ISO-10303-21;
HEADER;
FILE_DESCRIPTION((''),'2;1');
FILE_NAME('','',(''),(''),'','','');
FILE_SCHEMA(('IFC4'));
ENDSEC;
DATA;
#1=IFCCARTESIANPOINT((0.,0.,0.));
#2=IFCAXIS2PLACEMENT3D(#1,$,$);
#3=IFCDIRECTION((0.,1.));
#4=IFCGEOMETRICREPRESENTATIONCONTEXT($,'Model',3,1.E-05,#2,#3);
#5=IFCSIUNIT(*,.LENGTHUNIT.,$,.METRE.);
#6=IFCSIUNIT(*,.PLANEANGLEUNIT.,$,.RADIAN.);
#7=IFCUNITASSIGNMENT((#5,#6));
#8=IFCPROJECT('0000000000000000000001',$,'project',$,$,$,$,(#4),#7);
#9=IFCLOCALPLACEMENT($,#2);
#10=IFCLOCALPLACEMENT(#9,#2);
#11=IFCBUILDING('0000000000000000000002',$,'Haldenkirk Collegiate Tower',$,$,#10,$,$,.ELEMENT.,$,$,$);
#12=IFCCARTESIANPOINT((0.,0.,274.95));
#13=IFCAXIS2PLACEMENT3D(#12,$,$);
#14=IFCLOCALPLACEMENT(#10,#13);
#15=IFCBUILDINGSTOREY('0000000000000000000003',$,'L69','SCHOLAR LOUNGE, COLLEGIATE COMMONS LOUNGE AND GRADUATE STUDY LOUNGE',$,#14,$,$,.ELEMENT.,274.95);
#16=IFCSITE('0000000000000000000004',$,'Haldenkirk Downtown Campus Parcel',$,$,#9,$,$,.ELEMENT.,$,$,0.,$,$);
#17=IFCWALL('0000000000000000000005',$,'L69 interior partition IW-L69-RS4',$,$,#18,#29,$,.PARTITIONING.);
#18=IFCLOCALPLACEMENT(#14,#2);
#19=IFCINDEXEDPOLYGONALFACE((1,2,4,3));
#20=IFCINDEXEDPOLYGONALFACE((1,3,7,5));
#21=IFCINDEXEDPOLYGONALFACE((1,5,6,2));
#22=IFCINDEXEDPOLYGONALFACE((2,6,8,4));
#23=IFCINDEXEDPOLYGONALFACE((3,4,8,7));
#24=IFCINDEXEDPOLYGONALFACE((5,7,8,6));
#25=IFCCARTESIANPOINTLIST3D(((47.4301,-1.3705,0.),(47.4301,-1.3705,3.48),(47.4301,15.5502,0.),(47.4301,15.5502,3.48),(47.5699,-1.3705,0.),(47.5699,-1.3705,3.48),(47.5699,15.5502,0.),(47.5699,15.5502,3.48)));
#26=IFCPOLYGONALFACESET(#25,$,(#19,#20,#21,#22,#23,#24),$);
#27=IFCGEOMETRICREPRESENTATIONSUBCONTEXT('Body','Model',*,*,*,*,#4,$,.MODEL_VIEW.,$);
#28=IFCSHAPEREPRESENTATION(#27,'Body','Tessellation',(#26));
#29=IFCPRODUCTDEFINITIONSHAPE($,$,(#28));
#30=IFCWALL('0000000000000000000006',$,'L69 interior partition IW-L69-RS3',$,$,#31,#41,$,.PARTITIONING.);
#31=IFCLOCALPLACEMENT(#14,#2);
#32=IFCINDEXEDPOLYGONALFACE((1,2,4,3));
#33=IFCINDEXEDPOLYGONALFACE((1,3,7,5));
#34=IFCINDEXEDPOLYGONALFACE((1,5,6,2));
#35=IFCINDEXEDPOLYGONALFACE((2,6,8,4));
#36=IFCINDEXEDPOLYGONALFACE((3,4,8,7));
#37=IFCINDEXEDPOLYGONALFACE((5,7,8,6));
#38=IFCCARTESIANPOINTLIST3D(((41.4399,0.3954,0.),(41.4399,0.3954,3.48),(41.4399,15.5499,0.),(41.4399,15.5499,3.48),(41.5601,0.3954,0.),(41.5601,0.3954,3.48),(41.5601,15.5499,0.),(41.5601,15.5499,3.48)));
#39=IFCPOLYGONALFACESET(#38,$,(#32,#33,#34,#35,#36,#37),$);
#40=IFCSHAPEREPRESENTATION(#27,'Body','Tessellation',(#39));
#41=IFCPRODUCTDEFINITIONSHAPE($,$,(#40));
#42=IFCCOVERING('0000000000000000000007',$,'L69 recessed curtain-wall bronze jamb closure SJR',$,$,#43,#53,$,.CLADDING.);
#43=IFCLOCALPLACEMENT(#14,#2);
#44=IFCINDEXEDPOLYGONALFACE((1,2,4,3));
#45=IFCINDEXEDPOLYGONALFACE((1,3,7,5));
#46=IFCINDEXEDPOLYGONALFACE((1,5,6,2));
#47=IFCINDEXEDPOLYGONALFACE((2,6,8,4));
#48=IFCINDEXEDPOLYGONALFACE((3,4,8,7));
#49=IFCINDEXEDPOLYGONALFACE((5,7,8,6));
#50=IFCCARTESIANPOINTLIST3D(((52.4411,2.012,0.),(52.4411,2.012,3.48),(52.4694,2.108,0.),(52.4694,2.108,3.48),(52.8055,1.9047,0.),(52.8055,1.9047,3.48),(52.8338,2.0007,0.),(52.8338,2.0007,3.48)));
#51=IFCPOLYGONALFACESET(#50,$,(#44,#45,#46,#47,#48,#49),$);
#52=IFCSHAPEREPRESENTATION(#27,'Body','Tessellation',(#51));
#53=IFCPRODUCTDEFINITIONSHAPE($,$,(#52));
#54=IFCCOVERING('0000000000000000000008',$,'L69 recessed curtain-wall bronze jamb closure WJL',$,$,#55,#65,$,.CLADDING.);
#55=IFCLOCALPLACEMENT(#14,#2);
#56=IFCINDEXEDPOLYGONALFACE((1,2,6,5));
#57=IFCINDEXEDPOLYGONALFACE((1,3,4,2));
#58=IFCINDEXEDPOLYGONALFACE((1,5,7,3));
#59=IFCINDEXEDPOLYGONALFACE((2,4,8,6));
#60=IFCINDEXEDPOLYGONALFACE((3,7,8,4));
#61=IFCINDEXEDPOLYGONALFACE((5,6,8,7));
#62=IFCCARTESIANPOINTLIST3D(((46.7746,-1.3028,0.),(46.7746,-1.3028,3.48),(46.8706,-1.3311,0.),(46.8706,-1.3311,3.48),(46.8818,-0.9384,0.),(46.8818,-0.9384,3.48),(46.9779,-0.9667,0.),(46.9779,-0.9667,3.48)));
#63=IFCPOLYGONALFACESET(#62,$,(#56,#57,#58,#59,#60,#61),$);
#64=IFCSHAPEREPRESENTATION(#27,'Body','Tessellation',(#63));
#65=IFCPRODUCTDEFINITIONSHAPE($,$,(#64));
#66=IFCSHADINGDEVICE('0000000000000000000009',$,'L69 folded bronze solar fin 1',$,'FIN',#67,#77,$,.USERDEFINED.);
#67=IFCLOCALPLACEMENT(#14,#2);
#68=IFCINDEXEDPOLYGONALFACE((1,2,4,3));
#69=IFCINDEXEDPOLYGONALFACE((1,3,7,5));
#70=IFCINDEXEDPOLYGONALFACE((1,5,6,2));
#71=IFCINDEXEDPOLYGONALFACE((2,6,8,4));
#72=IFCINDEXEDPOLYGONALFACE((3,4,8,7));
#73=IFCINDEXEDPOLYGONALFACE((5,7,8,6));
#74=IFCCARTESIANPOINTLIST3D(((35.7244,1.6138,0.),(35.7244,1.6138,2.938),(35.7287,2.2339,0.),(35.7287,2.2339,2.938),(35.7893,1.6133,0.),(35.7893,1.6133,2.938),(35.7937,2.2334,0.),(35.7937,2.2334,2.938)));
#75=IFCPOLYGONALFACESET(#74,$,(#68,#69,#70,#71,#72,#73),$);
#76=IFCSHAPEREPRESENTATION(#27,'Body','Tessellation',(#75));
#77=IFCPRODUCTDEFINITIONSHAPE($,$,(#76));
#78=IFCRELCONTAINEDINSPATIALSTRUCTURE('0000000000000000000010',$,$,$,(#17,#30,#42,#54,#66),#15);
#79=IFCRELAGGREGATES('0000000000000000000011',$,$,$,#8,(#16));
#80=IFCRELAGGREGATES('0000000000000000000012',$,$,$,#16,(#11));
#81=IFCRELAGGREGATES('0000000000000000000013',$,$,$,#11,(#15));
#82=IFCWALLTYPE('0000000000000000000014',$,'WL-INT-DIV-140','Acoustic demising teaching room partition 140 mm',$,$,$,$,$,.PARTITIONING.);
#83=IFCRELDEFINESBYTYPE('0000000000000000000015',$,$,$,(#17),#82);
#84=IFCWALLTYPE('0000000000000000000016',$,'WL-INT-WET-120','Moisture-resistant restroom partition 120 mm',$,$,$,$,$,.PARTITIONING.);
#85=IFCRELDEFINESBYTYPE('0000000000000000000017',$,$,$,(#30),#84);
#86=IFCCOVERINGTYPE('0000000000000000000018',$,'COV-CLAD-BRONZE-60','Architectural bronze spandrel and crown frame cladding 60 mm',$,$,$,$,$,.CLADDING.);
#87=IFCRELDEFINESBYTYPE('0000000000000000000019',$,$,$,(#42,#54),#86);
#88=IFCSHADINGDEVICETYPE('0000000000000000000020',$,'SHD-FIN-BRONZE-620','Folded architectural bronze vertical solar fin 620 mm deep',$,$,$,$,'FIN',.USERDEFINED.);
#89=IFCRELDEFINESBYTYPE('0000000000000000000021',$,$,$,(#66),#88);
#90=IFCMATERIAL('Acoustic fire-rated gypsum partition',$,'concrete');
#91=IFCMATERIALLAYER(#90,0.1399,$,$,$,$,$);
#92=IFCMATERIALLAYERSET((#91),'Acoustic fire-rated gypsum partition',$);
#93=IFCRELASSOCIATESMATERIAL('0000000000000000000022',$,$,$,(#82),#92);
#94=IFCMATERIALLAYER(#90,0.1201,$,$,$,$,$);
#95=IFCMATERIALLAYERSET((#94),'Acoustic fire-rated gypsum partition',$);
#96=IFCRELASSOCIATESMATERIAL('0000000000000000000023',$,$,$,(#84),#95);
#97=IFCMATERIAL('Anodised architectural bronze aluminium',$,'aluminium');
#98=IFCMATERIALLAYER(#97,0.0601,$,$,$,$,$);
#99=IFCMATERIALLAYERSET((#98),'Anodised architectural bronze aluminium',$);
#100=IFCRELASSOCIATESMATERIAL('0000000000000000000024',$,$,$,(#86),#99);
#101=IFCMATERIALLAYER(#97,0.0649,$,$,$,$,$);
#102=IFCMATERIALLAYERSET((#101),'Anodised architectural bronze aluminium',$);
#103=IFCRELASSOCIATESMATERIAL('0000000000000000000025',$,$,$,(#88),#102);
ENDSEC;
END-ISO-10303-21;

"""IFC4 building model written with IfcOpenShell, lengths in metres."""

from ifc_helpers import new_model, si_unit, direction, frame, frame_2d, origin, origin_2d, place, context, subcontext, project, spatial, rectangle, extrude, source, transform, mapped, material, layer, layer_set, type_object, element, save


model = new_model("IFC4")

# Units and contexts
model_context = context("Model", 3, precision=1e-05, world=origin(), true_north=direction((0.0, 1.0)))
body_context = subcontext(model_context, "Body", "Model", "MODEL_VIEW")
ifc_project = project(units=[si_unit("LENGTHUNIT", "METRE"), si_unit("PLANEANGLEUNIT", "RADIAN")], contexts=[model_context])

# Site, building, storey
site_placement = place(None, origin())
site = spatial("IfcSite", under=ifc_project, at=site_placement, Name="Haldenkirk Downtown Campus Parcel", CompositionType="ELEMENT", RefElevation=0.0)
building_placement = place(site_placement, origin())
building = spatial("IfcBuilding", under=site, at=building_placement, Name="Haldenkirk Collegiate Tower", CompositionType="ELEMENT")
storey_placement = place(building_placement, frame((0.0, 0.0, 274.95)))
storey = spatial("IfcBuildingStorey", under=building, at=storey_placement, Name="L69", Description="SCHOLAR LOUNGE, COLLEGIATE COMMONS LOUNGE AND GRADUATE STUDY LOUNGE", CompositionType="ELEMENT", Elevation=274.95)

# Shared definitions
ifc_material_1 = material(Name="Anodised architectural bronze aluminium", Category="aluminium")

# Shared definitions
ifc_material_2 = material(Name="Acoustic fire-rated gypsum partition", Category="concrete")

# Walls
ifc_layer_1 = layer(ifc_material_2, 0.1399)
ifc_layer_set_1 = layer_set([ifc_layer_1], Name="Acoustic fire-rated gypsum partition")
wall_type_1 = type_object("IfcWallType", Name="WL-INT-DIV-140", Description="Acoustic demising teaching room partition 140 mm", PredefinedType="PARTITIONING", material=ifc_layer_set_1)
wall_1_placement = place(storey_placement, frame((47.5, -1.3706, 0.0), z_axis=(0.0, 0.0, 1.0), x_axis=(0.0, 1.0, 0.0)))
element("IfcWall", 1, at=wall_1_placement, inside=storey, type_object=wall_type_1, Name="L69 interior partition IW-L69-RS4", PredefinedType="PARTITIONING", context=body_context, shape_type="SweptSolid", body=[
    extrude(rectangle(XDim=16.9207, YDim=0.1399, at=frame_2d((8.4604, 0.0))), origin(), (0.0, 0.0, 1.0), 3.48),
])
ifc_layer_2 = layer(ifc_material_2, 0.1201)
ifc_layer_set_2 = layer_set([ifc_layer_2], Name="Acoustic fire-rated gypsum partition")
wall_type_2 = type_object("IfcWallType", Name="WL-INT-WET-120", Description="Moisture-resistant restroom partition 120 mm", PredefinedType="PARTITIONING", material=ifc_layer_set_2)
wall_2_placement = place(storey_placement, frame((41.5, 0.3955, 0.0), z_axis=(0.0, 0.0, 1.0), x_axis=(0.0, 1.0, 0.0)))
element("IfcWall", 2, at=wall_2_placement, inside=storey, type_object=wall_type_2, Name="L69 interior partition IW-L69-RS3", PredefinedType="PARTITIONING", context=body_context, shape_type="SweptSolid", body=[
    extrude(rectangle(XDim=15.1545, YDim=0.1201, at=frame_2d((7.5771, 0.0))), origin(), (0.0, 0.0, 1.0), 3.48),
])

# Coverings
ifc_layer_3 = layer(ifc_material_1, 0.0601)
ifc_layer_set_3 = layer_set([ifc_layer_3], Name="Anodised architectural bronze aluminium")
covering_type = type_object("IfcCoveringType", Name="COV-CLAD-BRONZE-60", Description="Architectural bronze spandrel and crown frame cladding 60 mm", PredefinedType="CLADDING", material=ifc_layer_set_3)
shared_shape_1 = source(origin(), body_context, "Body", "SweptSolid", [
    extrude(rectangle(XDim=0.1001, YDim=0.3799, at=origin_2d()), origin(), (0.0, 0.0, 1.0), 3.48),
])
for number, where, z_axis, x_axis, name in (
    (3, (52.6375, 2.0063, 0.0), (0.0, 0.0, 1.0), (-0.282341, -0.959314, 0.0), "L69 recessed curtain-wall bronze jamb closure SJR"),
    (4, (46.8762, -1.1348, 0.0), (0.0, 0.0, 1.0), (-0.959314, 0.282341, 0.0), "L69 recessed curtain-wall bronze jamb closure WJL"),
):
    element("IfcCovering", number, at=place(storey_placement, frame(where, z_axis=z_axis, x_axis=x_axis)), inside=storey, type_object=covering_type, Name=name, PredefinedType="CLADDING", context=body_context, shape_type="MappedRepresentation", body=[
        mapped(shared_shape_1, transform((0.0, 0.0, 0.0), x_axis=(1.0, 0.0, 0.0), y_axis=(0.0, 1.0, 0.0), z_axis=(0.0, 0.0, 1.0), scale=1.0)),
    ])

# Shading device
ifc_layer_4 = layer(ifc_material_1, 0.0649)
ifc_layer_set_4 = layer_set([ifc_layer_4], Name="Anodised architectural bronze aluminium")
shading_device_type = type_object("IfcShadingDeviceType", Name="SHD-FIN-BRONZE-620", Description="Folded architectural bronze vertical solar fin 620 mm deep", ElementType="FIN", PredefinedType="USERDEFINED", material=ifc_layer_set_4)
shared_shape_2 = source(origin(), body_context, "Body", "SweptSolid", [
    extrude(rectangle(XDim=0.6201, YDim=0.0649, at=origin_2d()), origin(), (0.0, 0.0, 1.0), 2.938),
])
shading_device_placement = place(storey_placement, frame((35.759, 1.9236, 0.0), z_axis=(0.0, 0.0, 1.0), x_axis=(-0.006981, -0.999976, 0.0)))
element("IfcShadingDevice", 5, at=shading_device_placement, inside=storey, type_object=shading_device_type, Name="L69 folded bronze solar fin 1", ObjectType="FIN", PredefinedType="USERDEFINED", context=body_context, shape_type="MappedRepresentation", body=[
    mapped(shared_shape_2, transform((0.0, 0.0, 0.0), x_axis=(1.0, 0.0, 0.0), y_axis=(0.0, 1.0, 0.0), z_axis=(0.0, 0.0, 1.0), scale=1.0)),
])

save(model, "model.ifc")
